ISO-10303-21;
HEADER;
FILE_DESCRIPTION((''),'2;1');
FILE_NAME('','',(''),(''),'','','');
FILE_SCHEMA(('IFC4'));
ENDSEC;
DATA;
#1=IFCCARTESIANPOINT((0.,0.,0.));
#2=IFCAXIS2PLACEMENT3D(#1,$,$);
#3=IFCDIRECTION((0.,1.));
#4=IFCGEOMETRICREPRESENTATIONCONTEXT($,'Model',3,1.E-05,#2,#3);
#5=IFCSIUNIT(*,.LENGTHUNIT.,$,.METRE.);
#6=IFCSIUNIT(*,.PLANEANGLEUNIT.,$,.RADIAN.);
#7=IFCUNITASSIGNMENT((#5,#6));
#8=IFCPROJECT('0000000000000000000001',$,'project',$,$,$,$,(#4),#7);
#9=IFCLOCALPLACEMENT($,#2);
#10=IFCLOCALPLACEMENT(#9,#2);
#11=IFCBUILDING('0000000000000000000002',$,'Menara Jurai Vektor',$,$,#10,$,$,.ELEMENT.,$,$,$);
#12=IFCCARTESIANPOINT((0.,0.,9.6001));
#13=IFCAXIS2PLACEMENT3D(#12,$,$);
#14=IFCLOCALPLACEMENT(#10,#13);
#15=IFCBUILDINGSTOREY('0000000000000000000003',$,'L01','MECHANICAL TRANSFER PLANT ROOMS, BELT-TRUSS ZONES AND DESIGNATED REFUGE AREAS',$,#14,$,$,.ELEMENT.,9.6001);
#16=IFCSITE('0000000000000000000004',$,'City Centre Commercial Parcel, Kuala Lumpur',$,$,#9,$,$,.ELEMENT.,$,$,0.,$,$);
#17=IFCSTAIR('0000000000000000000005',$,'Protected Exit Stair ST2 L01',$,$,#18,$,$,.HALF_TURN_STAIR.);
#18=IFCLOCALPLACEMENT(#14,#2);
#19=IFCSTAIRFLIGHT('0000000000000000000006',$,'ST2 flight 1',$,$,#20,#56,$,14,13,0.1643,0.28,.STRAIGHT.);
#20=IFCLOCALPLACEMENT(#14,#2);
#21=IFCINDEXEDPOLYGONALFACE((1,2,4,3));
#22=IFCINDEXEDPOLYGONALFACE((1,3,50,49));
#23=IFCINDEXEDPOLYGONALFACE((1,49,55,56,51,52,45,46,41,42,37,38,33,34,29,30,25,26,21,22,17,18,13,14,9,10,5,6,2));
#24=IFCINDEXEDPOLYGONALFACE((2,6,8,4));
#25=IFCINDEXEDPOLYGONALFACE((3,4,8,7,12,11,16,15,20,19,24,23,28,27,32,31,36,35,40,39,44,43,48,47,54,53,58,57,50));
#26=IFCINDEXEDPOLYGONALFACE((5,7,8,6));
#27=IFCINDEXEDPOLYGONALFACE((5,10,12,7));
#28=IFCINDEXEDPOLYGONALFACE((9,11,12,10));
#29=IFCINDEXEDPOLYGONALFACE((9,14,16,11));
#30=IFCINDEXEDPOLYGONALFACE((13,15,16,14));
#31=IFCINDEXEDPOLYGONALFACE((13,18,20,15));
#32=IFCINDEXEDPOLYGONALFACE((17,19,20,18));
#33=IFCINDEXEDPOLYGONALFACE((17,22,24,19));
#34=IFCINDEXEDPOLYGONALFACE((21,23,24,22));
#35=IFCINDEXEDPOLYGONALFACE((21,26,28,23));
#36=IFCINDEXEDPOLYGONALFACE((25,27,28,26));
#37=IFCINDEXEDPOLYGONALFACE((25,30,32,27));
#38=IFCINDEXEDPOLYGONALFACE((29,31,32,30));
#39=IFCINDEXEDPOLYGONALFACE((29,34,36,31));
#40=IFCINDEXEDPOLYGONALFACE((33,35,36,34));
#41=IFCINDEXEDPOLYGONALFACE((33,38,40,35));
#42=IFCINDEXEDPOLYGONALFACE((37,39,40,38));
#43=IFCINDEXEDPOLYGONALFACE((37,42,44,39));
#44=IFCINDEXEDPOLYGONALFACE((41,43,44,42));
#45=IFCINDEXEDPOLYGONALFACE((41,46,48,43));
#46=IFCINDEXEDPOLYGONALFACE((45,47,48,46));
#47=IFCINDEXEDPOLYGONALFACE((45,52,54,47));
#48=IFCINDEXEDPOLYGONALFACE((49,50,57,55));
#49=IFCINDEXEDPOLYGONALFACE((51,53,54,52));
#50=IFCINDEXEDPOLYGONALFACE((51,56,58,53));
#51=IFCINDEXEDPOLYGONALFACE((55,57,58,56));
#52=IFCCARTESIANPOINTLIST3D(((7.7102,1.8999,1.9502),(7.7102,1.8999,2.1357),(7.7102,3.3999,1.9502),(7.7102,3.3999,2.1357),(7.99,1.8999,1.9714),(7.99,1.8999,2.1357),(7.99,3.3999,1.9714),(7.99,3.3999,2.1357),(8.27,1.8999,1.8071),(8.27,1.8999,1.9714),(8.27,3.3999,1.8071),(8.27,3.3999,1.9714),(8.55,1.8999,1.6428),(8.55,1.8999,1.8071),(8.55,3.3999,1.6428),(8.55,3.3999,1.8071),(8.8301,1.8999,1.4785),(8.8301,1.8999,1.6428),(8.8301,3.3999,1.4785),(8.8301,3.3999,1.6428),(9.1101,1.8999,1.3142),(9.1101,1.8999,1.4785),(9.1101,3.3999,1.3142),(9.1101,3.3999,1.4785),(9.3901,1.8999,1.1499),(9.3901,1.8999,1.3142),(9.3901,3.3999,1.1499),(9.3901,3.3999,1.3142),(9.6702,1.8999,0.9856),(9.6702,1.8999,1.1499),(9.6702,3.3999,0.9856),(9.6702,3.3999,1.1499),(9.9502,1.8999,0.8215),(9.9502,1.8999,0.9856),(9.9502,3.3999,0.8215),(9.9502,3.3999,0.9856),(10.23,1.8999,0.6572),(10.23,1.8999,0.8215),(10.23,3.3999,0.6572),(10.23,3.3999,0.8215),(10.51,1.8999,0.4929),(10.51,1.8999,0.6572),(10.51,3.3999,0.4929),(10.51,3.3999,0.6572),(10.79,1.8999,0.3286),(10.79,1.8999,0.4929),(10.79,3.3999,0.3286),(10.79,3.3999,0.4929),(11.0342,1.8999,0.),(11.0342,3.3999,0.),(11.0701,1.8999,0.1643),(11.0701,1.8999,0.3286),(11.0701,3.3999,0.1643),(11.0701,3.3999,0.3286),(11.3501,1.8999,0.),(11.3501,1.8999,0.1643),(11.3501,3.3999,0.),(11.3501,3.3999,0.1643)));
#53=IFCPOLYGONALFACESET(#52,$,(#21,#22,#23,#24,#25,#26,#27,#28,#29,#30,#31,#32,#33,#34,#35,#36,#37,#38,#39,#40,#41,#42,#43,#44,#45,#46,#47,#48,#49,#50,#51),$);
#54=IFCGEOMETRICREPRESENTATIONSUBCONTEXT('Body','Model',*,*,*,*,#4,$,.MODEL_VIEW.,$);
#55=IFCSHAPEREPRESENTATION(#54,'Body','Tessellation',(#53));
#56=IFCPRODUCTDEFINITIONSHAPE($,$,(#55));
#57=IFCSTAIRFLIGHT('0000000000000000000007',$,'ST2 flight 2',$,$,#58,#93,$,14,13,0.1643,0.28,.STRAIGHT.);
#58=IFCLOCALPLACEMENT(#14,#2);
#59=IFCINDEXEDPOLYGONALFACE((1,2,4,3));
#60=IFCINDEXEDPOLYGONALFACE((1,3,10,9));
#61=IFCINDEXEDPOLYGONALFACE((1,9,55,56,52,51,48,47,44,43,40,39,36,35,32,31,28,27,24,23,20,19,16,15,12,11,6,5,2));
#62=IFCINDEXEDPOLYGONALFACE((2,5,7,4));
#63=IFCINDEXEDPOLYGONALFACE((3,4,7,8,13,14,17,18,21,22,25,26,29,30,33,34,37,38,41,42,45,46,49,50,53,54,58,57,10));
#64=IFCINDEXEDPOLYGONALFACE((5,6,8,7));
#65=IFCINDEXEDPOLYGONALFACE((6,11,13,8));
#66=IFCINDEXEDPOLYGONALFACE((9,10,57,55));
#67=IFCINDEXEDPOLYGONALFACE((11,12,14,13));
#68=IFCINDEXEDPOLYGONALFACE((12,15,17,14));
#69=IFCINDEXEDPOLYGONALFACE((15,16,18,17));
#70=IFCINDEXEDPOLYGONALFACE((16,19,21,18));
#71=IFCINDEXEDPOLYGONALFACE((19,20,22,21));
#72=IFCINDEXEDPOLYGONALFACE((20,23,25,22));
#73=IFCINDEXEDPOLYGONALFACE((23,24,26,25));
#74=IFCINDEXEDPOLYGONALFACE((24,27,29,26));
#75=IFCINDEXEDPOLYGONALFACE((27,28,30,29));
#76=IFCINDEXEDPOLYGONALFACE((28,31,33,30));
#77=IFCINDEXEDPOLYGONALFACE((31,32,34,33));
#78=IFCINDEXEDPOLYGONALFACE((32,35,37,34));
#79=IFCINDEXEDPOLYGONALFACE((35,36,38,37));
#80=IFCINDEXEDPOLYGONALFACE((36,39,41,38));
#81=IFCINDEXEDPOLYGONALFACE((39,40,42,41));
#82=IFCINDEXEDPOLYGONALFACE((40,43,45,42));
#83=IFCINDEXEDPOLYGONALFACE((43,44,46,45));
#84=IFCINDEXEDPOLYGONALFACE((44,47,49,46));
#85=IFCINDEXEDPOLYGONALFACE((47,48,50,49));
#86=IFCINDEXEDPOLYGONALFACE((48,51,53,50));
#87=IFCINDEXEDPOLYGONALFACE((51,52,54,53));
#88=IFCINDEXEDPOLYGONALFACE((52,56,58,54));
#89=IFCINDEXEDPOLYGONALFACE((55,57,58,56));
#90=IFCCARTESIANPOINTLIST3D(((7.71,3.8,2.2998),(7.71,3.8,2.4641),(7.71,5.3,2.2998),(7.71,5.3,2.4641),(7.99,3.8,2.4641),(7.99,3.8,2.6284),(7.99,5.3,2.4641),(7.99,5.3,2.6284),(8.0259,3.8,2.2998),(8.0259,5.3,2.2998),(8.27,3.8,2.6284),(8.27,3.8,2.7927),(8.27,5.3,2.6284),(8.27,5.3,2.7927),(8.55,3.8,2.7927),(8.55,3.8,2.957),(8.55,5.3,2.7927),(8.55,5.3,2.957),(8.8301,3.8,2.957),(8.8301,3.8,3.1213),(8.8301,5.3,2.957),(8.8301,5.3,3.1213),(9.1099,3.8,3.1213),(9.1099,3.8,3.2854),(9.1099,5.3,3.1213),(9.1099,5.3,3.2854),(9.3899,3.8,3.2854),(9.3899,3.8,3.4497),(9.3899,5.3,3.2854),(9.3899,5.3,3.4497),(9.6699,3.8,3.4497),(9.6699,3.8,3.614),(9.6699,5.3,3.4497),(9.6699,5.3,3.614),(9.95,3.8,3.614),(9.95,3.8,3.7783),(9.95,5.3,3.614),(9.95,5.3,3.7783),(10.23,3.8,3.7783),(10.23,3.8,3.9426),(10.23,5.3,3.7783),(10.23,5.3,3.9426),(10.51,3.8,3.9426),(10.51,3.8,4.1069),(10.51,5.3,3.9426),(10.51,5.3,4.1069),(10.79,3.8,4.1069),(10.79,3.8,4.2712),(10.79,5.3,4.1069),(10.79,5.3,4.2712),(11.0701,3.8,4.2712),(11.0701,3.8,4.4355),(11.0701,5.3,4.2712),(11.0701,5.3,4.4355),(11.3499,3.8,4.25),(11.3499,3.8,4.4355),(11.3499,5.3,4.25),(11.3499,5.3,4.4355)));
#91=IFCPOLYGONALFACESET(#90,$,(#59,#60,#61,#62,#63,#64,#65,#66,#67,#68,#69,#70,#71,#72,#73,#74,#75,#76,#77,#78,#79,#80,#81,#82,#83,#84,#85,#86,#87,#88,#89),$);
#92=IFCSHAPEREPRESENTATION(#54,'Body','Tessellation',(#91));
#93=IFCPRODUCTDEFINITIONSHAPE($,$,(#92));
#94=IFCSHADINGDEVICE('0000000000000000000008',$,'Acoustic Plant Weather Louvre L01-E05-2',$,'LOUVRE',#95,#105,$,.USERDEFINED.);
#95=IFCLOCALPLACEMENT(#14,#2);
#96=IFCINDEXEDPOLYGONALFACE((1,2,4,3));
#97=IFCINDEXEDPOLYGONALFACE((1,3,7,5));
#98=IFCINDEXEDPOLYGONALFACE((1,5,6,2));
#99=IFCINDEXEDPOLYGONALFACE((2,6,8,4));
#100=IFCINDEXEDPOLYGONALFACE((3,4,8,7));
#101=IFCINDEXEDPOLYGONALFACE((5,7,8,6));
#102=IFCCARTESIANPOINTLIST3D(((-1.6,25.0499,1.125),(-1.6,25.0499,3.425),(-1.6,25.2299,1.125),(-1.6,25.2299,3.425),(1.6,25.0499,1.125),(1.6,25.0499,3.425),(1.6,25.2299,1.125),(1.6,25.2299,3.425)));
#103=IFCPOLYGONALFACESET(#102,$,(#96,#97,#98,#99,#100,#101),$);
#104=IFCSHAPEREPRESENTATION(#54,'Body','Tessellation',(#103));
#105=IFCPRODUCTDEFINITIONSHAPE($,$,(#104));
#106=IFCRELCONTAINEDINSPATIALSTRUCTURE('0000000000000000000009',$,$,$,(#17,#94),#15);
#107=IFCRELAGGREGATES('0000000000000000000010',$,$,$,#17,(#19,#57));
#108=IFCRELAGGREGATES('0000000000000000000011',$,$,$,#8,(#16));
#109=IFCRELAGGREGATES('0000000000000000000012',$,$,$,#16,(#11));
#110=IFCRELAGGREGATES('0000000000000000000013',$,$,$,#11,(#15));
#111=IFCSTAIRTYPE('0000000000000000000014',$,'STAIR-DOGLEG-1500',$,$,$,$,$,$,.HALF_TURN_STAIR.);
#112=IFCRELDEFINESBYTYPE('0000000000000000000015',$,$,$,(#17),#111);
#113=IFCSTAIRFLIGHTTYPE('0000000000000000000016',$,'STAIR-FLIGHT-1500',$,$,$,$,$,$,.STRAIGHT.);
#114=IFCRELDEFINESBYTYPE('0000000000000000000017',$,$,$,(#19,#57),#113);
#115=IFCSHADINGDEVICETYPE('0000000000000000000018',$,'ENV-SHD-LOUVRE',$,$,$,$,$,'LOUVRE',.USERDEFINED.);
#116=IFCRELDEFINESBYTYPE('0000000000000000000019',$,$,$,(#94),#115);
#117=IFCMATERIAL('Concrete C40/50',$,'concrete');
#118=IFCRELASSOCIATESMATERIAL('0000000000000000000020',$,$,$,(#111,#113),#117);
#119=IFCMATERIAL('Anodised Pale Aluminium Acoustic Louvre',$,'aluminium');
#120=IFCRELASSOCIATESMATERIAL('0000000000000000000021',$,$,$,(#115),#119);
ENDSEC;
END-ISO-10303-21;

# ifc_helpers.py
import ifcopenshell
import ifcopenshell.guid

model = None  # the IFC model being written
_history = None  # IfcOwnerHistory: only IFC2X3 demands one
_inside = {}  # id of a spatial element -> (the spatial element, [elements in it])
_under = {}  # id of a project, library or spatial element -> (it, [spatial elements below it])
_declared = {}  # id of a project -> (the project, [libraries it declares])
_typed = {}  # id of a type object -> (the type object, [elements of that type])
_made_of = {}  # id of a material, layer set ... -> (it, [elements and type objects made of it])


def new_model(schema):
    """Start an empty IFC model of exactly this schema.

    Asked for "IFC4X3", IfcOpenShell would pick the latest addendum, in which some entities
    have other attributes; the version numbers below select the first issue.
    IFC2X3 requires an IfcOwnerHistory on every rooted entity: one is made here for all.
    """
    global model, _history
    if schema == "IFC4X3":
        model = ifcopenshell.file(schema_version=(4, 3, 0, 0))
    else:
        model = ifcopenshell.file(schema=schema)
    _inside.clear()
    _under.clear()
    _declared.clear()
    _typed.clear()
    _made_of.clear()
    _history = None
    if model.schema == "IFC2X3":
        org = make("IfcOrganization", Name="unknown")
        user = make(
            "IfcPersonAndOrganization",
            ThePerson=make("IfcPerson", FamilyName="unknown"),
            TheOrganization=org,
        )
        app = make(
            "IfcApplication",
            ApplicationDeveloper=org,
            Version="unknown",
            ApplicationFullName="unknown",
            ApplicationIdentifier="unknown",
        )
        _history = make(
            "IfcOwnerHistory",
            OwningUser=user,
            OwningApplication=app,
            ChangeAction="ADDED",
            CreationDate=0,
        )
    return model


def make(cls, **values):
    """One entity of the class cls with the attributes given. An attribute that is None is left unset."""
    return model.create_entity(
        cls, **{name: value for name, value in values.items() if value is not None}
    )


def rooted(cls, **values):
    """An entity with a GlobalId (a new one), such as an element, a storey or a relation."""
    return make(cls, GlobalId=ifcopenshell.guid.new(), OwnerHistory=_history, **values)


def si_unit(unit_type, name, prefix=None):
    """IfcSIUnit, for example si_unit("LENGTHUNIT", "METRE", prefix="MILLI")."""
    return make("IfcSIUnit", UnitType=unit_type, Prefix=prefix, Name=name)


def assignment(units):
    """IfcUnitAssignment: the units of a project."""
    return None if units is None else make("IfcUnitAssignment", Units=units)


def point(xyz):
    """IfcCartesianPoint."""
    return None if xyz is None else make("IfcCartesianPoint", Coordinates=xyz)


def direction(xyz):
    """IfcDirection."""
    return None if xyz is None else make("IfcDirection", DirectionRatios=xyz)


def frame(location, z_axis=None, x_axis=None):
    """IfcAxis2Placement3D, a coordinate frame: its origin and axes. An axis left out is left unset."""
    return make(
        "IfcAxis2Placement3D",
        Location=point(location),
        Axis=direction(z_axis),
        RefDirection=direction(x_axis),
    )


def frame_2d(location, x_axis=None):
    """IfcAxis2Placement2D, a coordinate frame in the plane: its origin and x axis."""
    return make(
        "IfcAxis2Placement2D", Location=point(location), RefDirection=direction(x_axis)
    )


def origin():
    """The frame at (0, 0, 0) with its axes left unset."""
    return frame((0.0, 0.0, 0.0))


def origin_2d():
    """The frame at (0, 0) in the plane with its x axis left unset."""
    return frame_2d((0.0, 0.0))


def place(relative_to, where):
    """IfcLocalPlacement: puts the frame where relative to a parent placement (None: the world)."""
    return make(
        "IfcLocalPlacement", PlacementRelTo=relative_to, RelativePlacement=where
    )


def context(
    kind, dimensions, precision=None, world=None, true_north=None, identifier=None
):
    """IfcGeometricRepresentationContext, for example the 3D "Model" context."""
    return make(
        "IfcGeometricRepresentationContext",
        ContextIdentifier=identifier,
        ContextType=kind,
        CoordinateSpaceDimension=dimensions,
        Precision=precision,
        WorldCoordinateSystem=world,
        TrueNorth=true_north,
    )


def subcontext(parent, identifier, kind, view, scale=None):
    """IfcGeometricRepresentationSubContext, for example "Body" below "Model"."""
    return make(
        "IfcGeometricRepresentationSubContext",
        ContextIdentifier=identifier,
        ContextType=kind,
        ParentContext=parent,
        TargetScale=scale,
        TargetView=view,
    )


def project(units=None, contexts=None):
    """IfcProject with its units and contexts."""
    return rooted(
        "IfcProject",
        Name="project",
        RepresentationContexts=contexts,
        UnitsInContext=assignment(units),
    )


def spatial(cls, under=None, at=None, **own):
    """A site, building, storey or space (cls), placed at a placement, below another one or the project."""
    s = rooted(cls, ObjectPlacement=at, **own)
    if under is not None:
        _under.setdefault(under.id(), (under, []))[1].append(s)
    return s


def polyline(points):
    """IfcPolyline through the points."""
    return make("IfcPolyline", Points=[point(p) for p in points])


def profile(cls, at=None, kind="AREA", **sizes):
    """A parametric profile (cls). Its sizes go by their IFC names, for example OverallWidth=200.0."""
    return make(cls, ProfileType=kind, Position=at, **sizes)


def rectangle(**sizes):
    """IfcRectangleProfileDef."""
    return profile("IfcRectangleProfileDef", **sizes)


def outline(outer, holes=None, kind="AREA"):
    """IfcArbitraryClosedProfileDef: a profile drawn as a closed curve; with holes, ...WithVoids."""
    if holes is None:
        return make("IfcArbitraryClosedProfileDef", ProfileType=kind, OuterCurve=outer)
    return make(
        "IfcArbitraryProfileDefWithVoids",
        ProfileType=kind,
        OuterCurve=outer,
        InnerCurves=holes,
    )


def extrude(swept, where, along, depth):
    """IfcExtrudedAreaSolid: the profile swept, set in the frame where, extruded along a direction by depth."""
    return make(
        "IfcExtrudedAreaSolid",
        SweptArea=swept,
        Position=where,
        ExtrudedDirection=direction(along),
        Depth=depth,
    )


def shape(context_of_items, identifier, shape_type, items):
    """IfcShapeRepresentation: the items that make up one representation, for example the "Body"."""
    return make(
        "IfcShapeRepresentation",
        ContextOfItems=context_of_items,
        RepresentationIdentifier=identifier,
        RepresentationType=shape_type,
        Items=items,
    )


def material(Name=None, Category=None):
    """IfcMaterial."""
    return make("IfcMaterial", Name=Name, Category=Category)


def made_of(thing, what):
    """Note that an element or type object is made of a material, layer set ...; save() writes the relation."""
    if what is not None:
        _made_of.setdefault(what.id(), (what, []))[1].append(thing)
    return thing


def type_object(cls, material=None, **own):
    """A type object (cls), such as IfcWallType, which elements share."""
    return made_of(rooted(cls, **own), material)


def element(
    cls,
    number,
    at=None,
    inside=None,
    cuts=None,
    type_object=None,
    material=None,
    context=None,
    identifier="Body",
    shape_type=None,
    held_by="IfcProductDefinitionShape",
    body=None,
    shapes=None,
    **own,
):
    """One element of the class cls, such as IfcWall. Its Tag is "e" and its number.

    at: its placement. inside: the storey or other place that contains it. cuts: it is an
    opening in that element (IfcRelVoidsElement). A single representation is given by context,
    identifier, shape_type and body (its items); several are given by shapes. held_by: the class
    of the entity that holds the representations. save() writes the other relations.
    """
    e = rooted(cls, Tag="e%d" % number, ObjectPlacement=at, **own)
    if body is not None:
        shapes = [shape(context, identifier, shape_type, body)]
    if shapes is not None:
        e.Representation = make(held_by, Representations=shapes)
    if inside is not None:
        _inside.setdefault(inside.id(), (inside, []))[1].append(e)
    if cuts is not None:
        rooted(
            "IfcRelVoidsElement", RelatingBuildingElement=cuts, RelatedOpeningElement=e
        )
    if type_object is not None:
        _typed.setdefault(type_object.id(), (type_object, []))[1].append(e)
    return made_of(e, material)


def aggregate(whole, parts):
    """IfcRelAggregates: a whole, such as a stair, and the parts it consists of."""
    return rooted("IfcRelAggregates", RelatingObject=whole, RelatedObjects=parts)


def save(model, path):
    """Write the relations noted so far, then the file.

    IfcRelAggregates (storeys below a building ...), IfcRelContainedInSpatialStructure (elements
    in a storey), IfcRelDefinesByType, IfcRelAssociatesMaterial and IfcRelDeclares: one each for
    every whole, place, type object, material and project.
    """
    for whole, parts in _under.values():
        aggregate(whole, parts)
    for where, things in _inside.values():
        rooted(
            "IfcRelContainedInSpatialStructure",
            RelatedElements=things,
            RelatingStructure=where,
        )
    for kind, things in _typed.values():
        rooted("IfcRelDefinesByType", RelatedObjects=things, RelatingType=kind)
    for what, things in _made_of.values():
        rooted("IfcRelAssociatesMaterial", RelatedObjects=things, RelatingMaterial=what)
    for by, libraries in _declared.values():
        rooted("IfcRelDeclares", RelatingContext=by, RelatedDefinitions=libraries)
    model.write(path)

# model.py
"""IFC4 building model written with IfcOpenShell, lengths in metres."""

from ifc_helpers import new_model, si_unit, direction, frame, origin, origin_2d, place, context, subcontext, project, spatial, polyline, rectangle, outline, extrude, material, type_object, element, aggregate, save


model = new_model("IFC4")

# Units and contexts
model_context = context("Model", 3, precision=1e-05, world=origin(), true_north=direction((0.0, 1.0)))
body_context = subcontext(model_context, "Body", "Model", "MODEL_VIEW")
ifc_project = project(units=[si_unit("LENGTHUNIT", "METRE"), si_unit("PLANEANGLEUNIT", "RADIAN")], contexts=[model_context])

# Site, building, storey
site_placement = place(None, origin())
site = spatial("IfcSite", under=ifc_project, at=site_placement, Name="City Centre Commercial Parcel, Kuala Lumpur", CompositionType="ELEMENT", RefElevation=0.0)
building_placement = place(site_placement, origin())
building = spatial("IfcBuilding", under=site, at=building_placement, Name="Menara Jurai Vektor", CompositionType="ELEMENT")
storey_placement = place(building_placement, frame((0.0, 0.0, 9.6001)))
storey = spatial("IfcBuildingStorey", under=building, at=storey_placement, Name="L01", Description="MECHANICAL TRANSFER PLANT ROOMS, BELT-TRUSS ZONES AND DESIGNATED REFUGE AREAS", CompositionType="ELEMENT", Elevation=9.6001)

# Shared definitions
ifc_material_1 = material(Name="Concrete C40/50", Category="concrete")

# Stair, stair flights
stair_type = type_object("IfcStairType", Name="STAIR-DOGLEG-1500", PredefinedType="HALF_TURN_STAIR", material=ifc_material_1)
stair_placement = place(storey_placement, origin())
stair = element("IfcStair", 1, at=stair_placement, inside=storey, type_object=stair_type, Name="Protected Exit Stair ST2 L01", PredefinedType="HALF_TURN_STAIR")
stair_flight_type = type_object("IfcStairFlightType", Name="STAIR-FLIGHT-1500", PredefinedType="STRAIGHT", material=ifc_material_1)
stair_flight_1_placement = place(storey_placement, frame((11.3501, 2.6499, 0.0), z_axis=(0.0, 0.0, 1.0), x_axis=(-1.0, 0.0, 0.0)))
stair_flight_1 = element("IfcStairFlight", 2, at=stair_flight_1_placement, type_object=stair_flight_type, Name="ST2 flight 1", NumberOfRisers=14, NumberOfTreads=13, PredefinedType="STRAIGHT", RiserHeight=0.1643, TreadLength=0.28, context=body_context, shape_type="SweptSolid", body=[
    extrude(outline(polyline([(0.0, 0.0), (0.0, 0.1643), (0.28, 0.1643), (0.28, 0.3286), (0.5601, 0.3286), (0.5601, 0.4929), (0.8401, 0.4929), (0.8401, 0.6572), (1.1201, 0.6572), (1.1201, 0.8215), (1.3999, 0.8215), (1.3999, 0.9856), (1.6799, 0.9856), (1.6799, 1.1499), (1.96, 1.1499), (1.96, 1.3142), (2.24, 1.3142), (2.24, 1.4785), (2.52, 1.4785), (2.52, 1.6428), (2.8, 1.6428), (2.8, 1.8071), (3.0801, 1.8071), (3.0801, 1.9714), (3.3601, 1.9714), (3.3601, 2.1357), (3.6399, 2.1357), (3.6399, 2.3), (3.6399, 1.9502), (0.3159, 0.0), (0.0, 0.0)])), frame((0.0, 0.75, 0.0), z_axis=(0.0, -1.0, 0.0), x_axis=(1.0, 0.0, 0.0)), (0.0, 0.0, 1.0), 1.5),
])
stair_flight_2_placement = place(storey_placement, frame((7.71, 4.55, 2.2998), z_axis=(0.0, 0.0, 1.0), x_axis=(1.0, 0.0, 0.0)))
stair_flight_2 = element("IfcStairFlight", 3, at=stair_flight_2_placement, type_object=stair_flight_type, Name="ST2 flight 2", NumberOfRisers=14, NumberOfTreads=13, PredefinedType="STRAIGHT", RiserHeight=0.1643, TreadLength=0.28, context=body_context, shape_type="SweptSolid", body=[
    extrude(outline(polyline([(0.0, 0.0), (0.0, 0.1643), (0.28, 0.1643), (0.28, 0.3286), (0.5601, 0.3286), (0.5601, 0.4929), (0.8401, 0.4929), (0.8401, 0.6572), (1.1201, 0.6572), (1.1201, 0.8215), (1.3999, 0.8215), (1.3999, 0.9856), (1.6799, 0.9856), (1.6799, 1.1499), (1.96, 1.1499), (1.96, 1.3142), (2.24, 1.3142), (2.24, 1.4785), (2.52, 1.4785), (2.52, 1.6428), (2.8, 1.6428), (2.8, 1.8071), (3.0801, 1.8071), (3.0801, 1.9714), (3.3601, 1.9714), (3.3601, 2.1357), (3.6399, 2.1357), (3.6399, 2.3), (3.6399, 1.9502), (0.3159, 0.0), (0.0, 0.0)])), frame((0.0, 0.75, 0.0), z_axis=(0.0, -1.0, 0.0), x_axis=(1.0, 0.0, 0.0)), (0.0, 0.0, 1.0), 1.5),
])
aggregate(stair, [stair_flight_1, stair_flight_2])

# Shading device
ifc_material_2 = material(Name="Anodised Pale Aluminium Acoustic Louvre", Category="aluminium")
shading_device_type = type_object("IfcShadingDeviceType", Name="ENV-SHD-LOUVRE", ElementType="LOUVRE", PredefinedType="USERDEFINED", material=ifc_material_2)
shading_device_placement = place(storey_placement, frame((0.0, 25.1399, 1.125), z_axis=(0.0, 0.0, 1.0), x_axis=(-1.0, 0.0, 0.0)))
element("IfcShadingDevice", 4, at=shading_device_placement, inside=storey, type_object=shading_device_type, Name="Acoustic Plant Weather Louvre L01-E05-2", ObjectType="LOUVRE", PredefinedType="USERDEFINED", context=body_context, shape_type="SweptSolid", body=[
    extrude(rectangle(XDim=3.2, YDim=0.1799, at=origin_2d()), origin(), (0.0, 0.0, 1.0), 2.3),
])

save(model, "model.ifc")
